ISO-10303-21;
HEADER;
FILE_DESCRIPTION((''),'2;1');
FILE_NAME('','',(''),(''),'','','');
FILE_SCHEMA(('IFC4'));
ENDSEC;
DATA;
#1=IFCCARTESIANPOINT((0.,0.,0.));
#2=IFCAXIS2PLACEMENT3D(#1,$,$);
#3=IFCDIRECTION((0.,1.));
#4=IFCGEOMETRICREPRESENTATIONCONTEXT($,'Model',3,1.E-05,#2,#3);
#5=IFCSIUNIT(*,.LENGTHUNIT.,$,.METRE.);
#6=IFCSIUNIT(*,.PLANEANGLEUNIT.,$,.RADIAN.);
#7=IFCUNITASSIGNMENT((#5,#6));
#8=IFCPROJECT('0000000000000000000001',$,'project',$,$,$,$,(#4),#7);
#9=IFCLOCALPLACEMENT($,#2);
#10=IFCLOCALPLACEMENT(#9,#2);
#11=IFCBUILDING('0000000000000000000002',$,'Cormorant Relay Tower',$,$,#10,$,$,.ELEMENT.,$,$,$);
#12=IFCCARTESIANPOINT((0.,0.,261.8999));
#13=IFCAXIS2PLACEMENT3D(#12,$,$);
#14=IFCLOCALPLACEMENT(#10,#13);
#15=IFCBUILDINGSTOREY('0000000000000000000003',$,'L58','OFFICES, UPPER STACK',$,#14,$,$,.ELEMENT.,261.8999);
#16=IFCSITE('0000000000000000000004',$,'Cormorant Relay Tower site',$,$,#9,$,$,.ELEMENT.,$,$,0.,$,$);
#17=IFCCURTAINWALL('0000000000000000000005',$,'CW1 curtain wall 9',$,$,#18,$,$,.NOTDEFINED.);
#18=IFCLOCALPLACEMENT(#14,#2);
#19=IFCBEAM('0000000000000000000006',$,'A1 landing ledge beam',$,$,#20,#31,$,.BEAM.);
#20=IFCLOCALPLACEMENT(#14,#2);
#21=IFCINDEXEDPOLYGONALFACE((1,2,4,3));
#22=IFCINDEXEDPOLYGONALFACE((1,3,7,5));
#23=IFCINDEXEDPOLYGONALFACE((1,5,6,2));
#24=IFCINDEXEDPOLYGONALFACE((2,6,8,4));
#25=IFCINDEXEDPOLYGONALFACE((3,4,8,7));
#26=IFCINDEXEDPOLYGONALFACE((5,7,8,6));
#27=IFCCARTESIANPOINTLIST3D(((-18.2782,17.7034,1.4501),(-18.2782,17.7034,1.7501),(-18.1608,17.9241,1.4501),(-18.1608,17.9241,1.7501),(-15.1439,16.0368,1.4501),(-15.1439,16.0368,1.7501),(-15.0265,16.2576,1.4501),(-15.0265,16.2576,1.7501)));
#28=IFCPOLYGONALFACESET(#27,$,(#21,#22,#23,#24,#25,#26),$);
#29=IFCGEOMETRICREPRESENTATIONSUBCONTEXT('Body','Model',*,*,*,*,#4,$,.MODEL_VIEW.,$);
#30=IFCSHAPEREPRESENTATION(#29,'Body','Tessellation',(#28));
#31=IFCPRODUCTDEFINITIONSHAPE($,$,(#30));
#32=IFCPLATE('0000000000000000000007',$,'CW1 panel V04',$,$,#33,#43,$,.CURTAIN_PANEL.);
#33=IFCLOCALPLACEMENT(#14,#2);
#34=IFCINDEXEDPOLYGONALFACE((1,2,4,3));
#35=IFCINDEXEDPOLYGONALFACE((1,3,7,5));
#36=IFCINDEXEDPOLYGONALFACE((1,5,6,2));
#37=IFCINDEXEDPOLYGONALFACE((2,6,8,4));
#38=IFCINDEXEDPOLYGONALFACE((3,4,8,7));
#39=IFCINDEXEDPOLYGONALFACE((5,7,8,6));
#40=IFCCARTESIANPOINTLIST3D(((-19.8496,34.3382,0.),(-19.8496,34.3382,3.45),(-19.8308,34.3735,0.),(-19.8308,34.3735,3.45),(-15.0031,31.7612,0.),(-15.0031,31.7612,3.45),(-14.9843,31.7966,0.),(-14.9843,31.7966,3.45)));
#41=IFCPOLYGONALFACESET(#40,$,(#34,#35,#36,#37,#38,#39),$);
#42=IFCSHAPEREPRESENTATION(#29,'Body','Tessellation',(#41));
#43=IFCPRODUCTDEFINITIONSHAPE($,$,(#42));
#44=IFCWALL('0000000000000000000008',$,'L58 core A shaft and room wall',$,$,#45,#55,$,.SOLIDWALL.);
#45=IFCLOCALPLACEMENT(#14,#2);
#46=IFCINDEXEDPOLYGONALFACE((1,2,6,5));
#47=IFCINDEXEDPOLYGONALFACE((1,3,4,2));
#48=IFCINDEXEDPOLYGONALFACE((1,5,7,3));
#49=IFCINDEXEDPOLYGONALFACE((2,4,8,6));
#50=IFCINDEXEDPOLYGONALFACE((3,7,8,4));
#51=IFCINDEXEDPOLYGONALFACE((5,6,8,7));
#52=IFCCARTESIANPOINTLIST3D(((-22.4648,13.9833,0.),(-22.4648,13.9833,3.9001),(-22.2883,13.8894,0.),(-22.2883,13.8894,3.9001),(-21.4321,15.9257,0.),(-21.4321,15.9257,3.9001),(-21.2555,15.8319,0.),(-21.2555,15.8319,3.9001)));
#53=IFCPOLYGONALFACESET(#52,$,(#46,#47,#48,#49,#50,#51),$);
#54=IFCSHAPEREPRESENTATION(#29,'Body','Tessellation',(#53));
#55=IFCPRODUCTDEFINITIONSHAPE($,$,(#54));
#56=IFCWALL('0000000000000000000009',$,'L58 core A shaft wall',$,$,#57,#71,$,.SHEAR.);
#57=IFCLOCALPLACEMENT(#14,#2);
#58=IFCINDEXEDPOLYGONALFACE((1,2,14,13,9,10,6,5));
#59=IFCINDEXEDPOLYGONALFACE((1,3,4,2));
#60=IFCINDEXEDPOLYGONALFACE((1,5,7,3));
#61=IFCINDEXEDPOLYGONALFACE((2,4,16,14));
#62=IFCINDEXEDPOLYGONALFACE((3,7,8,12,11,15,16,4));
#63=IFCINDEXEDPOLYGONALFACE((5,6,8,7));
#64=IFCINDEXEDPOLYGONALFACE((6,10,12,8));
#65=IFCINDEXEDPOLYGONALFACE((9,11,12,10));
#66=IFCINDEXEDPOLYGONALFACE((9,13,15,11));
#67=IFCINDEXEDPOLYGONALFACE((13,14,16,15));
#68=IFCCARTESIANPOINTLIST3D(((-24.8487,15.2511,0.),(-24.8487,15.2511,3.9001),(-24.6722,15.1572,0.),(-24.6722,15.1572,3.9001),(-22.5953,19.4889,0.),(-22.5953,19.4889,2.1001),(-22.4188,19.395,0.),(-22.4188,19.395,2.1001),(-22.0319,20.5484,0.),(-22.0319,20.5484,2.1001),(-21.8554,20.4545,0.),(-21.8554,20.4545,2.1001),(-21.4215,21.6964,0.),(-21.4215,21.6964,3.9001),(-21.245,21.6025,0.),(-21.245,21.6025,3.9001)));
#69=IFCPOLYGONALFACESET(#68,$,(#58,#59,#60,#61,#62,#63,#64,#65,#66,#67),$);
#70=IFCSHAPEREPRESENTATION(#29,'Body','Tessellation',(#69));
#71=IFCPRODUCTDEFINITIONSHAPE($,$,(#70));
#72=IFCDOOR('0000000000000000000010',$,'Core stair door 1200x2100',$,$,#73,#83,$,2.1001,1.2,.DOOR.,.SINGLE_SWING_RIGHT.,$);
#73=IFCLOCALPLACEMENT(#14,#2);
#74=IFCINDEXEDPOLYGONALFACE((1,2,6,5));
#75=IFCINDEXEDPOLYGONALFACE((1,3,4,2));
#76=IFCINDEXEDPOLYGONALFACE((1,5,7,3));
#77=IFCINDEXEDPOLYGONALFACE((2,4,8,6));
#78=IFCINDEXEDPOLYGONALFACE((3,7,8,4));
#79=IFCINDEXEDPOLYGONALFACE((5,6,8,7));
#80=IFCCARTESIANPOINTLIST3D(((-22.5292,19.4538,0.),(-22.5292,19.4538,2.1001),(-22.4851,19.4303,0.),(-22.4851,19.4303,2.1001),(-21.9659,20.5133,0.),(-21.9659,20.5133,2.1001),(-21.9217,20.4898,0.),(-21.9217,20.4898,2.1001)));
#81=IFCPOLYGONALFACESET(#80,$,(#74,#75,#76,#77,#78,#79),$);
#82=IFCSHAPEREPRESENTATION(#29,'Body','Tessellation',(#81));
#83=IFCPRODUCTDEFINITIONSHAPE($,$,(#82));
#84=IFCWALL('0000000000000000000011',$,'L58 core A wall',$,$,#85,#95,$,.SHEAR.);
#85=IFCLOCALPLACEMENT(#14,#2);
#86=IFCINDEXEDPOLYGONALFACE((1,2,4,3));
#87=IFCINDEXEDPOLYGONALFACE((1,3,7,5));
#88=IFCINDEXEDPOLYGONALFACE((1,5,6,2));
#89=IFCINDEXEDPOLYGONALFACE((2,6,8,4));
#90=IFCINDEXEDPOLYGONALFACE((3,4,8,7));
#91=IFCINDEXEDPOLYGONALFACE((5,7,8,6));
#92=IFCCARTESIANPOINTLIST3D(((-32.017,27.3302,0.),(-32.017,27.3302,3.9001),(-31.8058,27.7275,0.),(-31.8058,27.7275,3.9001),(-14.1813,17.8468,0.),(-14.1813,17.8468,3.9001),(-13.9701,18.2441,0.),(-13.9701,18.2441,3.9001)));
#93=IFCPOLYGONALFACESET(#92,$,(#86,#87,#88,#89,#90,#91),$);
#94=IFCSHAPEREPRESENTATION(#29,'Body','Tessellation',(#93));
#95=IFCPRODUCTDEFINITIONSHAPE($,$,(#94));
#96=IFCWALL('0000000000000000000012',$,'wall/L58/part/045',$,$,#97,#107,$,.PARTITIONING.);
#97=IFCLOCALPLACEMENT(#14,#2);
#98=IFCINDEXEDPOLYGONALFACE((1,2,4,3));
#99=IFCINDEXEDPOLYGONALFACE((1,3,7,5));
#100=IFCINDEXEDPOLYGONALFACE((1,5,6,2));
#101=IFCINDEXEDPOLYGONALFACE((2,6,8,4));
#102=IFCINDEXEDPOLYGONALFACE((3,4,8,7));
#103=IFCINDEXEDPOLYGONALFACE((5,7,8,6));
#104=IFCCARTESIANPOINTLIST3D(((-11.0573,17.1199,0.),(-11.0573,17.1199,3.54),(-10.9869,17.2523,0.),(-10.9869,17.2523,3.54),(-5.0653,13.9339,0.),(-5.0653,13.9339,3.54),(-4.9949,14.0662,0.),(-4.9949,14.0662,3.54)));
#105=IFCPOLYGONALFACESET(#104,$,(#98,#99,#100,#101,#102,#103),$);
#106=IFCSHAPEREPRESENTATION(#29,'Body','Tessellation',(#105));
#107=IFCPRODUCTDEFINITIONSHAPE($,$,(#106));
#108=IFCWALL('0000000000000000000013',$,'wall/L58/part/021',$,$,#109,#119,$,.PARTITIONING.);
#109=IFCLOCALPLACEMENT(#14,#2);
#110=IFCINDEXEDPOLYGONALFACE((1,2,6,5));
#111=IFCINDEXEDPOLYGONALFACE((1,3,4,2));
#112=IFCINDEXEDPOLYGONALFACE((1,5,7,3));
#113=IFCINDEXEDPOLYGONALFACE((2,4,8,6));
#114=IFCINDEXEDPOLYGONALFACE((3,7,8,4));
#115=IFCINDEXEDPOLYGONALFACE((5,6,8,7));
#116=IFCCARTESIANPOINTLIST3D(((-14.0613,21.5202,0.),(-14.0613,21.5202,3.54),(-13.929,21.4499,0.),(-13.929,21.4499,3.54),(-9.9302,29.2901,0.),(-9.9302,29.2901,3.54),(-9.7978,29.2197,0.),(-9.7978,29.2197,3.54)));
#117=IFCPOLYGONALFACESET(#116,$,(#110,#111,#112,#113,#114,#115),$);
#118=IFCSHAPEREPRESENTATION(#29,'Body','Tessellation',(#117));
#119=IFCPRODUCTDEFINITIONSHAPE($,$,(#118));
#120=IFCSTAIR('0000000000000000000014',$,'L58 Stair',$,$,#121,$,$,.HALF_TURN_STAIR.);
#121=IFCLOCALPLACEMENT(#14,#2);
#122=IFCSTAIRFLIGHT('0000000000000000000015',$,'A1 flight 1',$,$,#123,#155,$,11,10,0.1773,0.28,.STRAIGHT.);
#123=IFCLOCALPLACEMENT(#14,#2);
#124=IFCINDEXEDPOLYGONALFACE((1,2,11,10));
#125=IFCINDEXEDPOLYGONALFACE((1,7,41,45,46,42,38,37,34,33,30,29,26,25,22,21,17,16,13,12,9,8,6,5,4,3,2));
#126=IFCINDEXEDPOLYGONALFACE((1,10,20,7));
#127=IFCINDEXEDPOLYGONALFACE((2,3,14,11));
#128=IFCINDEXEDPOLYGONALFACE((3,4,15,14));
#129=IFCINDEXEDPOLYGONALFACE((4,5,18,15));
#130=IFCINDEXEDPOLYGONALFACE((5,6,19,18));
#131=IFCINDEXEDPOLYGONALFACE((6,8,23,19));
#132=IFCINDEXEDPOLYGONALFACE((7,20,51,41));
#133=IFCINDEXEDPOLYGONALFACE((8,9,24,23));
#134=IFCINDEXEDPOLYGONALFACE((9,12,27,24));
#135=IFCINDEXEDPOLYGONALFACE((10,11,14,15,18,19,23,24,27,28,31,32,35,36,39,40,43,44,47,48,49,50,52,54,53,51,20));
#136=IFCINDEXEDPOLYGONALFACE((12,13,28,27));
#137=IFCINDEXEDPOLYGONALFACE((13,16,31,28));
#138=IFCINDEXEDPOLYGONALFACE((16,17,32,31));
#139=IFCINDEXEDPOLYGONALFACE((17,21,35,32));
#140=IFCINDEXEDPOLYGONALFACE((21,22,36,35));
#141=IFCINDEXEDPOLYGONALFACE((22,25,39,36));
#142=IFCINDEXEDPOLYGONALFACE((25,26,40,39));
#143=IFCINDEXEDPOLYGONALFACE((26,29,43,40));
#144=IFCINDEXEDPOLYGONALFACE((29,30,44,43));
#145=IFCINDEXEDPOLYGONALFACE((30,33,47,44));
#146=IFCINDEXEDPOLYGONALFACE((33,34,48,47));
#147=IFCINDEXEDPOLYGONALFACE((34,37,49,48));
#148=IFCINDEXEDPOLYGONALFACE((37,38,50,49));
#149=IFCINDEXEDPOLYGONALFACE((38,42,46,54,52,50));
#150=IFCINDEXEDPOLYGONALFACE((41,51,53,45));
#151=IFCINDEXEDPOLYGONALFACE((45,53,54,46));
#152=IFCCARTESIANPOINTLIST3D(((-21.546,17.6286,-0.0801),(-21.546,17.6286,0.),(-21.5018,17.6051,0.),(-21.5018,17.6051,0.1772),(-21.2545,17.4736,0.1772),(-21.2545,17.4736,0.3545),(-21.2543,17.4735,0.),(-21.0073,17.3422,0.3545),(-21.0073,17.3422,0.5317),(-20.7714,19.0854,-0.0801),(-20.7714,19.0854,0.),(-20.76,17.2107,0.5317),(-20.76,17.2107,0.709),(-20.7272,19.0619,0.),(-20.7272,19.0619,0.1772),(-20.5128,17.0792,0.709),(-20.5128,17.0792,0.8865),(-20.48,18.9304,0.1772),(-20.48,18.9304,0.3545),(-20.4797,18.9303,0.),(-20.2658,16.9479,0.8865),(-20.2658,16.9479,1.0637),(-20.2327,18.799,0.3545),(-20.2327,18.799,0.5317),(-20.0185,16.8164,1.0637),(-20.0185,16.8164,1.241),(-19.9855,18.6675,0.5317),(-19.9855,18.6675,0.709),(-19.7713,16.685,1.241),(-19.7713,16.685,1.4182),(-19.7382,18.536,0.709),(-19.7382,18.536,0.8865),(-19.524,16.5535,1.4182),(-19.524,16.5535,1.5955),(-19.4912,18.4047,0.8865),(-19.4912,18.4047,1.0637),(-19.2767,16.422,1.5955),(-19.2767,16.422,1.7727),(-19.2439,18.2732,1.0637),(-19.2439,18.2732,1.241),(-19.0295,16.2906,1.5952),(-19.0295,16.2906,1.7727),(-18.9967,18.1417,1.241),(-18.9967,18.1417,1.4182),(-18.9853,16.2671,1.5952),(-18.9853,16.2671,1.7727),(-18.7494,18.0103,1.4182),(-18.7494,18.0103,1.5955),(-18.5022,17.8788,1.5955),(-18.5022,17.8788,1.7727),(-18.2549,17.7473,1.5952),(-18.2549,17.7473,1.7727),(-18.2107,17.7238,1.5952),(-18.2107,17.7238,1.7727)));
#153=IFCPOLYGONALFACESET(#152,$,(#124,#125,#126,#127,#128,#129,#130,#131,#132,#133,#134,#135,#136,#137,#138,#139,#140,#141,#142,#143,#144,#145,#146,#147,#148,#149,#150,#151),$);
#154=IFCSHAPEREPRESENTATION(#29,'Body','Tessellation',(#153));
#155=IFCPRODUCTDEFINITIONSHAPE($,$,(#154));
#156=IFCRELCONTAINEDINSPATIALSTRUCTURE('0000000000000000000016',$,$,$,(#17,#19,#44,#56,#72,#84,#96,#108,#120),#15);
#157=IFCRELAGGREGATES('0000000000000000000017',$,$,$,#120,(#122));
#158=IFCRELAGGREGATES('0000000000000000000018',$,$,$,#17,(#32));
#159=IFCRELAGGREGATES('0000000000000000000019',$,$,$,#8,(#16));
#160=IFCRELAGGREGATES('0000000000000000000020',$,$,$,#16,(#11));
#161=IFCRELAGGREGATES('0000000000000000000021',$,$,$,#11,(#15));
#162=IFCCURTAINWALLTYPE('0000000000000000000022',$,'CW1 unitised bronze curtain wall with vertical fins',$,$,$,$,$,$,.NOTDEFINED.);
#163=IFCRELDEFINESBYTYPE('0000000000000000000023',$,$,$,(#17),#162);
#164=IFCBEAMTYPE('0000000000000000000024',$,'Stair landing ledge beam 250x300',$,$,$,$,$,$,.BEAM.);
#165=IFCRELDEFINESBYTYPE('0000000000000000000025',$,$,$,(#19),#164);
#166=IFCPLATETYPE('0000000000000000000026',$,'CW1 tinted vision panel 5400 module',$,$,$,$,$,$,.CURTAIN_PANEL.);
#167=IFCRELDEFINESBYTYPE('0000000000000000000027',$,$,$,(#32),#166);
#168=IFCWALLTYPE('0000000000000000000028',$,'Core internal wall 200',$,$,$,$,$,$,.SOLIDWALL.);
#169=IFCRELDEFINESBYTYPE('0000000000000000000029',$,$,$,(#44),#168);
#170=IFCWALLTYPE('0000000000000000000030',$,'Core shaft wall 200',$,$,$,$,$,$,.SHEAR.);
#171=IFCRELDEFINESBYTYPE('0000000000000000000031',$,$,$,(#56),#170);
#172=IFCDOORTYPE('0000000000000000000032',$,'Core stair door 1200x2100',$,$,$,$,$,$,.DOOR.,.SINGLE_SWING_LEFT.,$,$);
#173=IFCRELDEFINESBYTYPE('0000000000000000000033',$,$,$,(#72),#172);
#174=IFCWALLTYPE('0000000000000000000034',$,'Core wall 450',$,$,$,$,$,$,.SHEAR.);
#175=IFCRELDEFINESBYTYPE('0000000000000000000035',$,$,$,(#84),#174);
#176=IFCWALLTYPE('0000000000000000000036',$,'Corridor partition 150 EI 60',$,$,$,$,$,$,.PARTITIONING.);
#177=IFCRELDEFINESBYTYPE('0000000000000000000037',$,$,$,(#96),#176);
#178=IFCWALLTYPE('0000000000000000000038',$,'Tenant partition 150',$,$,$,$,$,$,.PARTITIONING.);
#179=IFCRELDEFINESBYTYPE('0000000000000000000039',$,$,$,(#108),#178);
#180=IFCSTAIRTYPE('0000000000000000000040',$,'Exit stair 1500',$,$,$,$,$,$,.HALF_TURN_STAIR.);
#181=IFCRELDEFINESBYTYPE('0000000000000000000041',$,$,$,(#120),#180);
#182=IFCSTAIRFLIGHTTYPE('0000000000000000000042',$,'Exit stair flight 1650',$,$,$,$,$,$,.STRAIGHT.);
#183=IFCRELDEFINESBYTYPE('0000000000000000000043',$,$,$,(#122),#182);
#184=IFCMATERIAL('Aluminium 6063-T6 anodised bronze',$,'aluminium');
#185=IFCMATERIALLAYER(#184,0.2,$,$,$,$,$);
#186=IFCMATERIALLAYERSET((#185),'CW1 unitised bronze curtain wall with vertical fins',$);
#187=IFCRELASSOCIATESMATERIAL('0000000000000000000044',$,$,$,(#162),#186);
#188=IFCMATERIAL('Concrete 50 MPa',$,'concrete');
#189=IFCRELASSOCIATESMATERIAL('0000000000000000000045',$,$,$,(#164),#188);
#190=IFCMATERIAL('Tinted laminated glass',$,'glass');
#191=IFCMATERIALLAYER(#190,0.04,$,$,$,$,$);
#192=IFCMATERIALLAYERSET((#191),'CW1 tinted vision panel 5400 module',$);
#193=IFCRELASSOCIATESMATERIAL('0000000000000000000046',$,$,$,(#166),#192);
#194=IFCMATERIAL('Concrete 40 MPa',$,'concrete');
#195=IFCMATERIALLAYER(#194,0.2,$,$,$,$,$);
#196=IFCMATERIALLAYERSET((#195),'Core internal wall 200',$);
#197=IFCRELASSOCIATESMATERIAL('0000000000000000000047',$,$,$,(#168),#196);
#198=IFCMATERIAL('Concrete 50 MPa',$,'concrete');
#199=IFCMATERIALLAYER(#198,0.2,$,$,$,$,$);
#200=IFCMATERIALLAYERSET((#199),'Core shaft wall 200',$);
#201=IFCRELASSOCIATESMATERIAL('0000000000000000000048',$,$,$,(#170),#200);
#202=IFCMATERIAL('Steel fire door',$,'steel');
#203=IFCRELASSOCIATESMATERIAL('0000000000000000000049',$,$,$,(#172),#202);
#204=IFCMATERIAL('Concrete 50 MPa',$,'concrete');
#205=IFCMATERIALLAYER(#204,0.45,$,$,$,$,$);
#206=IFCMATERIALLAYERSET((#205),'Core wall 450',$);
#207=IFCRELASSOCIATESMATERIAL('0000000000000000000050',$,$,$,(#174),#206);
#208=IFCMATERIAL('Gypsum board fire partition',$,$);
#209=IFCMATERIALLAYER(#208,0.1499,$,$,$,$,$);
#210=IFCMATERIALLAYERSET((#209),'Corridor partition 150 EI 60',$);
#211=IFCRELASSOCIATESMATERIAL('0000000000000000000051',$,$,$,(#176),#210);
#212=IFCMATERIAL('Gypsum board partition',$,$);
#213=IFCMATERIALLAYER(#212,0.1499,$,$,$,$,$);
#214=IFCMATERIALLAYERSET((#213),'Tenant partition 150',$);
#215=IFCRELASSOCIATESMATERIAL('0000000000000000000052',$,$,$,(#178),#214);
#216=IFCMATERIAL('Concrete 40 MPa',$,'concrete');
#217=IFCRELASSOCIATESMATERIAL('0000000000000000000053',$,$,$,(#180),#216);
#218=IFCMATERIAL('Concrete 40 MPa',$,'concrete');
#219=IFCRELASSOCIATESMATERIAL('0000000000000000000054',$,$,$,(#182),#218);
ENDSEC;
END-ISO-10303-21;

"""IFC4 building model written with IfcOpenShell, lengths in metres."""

from ifc_helpers import new_model, si_unit, direction, frame, frame_2d, origin, origin_2d, place, context, subcontext, project, spatial, polyline, rectangle, outline, extrude, material, layer, layer_set, material_profile, profile_set, type_object, element, fill, aggregate, save


model = new_model("IFC4")

# Units and contexts
model_context = context("Model", 3, precision=1e-05, world=origin(), true_north=direction((0.0, 1.0)))
body_context = subcontext(model_context, "Body", "Model", "MODEL_VIEW")
ifc_project = project(units=[si_unit("LENGTHUNIT", "METRE"), si_unit("PLANEANGLEUNIT", "RADIAN")], contexts=[model_context])

# Site, building, storey
site_placement = place(None, origin())
site = spatial("IfcSite", under=ifc_project, at=site_placement, Name="Cormorant Relay Tower site", CompositionType="ELEMENT", RefElevation=0.0)
building_placement = place(site_placement, origin())
building = spatial("IfcBuilding", under=site, at=building_placement, Name="Cormorant Relay Tower", CompositionType="ELEMENT")
storey_placement = place(building_placement, frame((0.0, 0.0, 261.8999)))
storey = spatial("IfcBuildingStorey", under=building, at=storey_placement, Name="L58", Description="OFFICES, UPPER STACK", CompositionType="ELEMENT", Elevation=261.8999)

# Curtain wall
ifc_material_1 = material(Name="Aluminium 6063-T6 anodised bronze", Category="aluminium")
ifc_layer_1 = layer(ifc_material_1, 0.2)
ifc_layer_set_1 = layer_set([ifc_layer_1], Name="CW1 unitised bronze curtain wall with vertical fins")
curtain_wall_type = type_object("IfcCurtainWallType", Name="CW1 unitised bronze curtain wall with vertical fins", PredefinedType="NOTDEFINED", material=ifc_layer_set_1)
curtain_wall_placement = place(storey_placement, origin())
curtain_wall = element("IfcCurtainWall", 1, at=curtain_wall_placement, inside=storey, type_object=curtain_wall_type, Name="CW1 curtain wall 9", PredefinedType="NOTDEFINED")

# Beam
ifc_material_2 = material(Name="Concrete 50 MPa", Category="concrete")
ifc_material_profile_1 = material_profile(ifc_material_2, rectangle(XDim=0.25, YDim=0.3, at=origin_2d()), Name="RC 250x300")
ifc_profile_set_1 = profile_set([ifc_material_profile_1], Name="Concrete 50 MPa")
beam_type_1 = type_object("IfcBeamType", Name="Stair landing ledge beam 250x300", PredefinedType="BEAM", material=ifc_profile_set_1)
beam_1_placement = place(storey_placement, frame((-18.2195, 17.8137, 1.6001), z_axis=(0.88295, -0.469467, 0.0), x_axis=(0.469467, 0.88295, 0.0)))
element("IfcBeam", 2, at=beam_1_placement, inside=storey, type_object=beam_type_1, Name="A1 landing ledge beam", PredefinedType="BEAM", context=body_context, shape_type="SweptSolid", body=[
    extrude(rectangle(XDim=0.25, YDim=0.3, at=origin_2d()), origin(), (0.0, 0.0, 1.0), 3.5498),
])

# Plate
ifc_material_3 = material(Name="Tinted laminated glass", Category="glass")
ifc_layer_2 = layer(ifc_material_3, 0.04)
ifc_layer_set_2 = layer_set([ifc_layer_2], Name="CW1 tinted vision panel 5400 module")
plate_type = type_object("IfcPlateType", Name="CW1 tinted vision panel 5400 module", PredefinedType="CURTAIN_PANEL", material=ifc_layer_set_2)
plate_placement = place(storey_placement, frame((-17.417, 33.0674, 0.0), z_axis=(0.0, 0.0, 1.0), x_axis=(-0.882948, 0.469472, 0.0)))
plate = element("IfcPlate", 3, at=plate_placement, type_object=plate_type, Name="CW1 panel V04", PredefinedType="CURTAIN_PANEL", context=body_context, shape_type="SweptSolid", body=[
    extrude(rectangle(XDim=5.489, YDim=0.04, at=origin_2d()), origin(), (0.0, 0.0, 1.0), 3.45),
])

# Wall
ifc_material_4 = material(Name="Concrete 40 MPa", Category="concrete")
ifc_layer_3 = layer(ifc_material_4, 0.2)
ifc_layer_set_3 = layer_set([ifc_layer_3], Name="Core internal wall 200")
wall_type_1 = type_object("IfcWallType", Name="Core internal wall 200", PredefinedType="SOLIDWALL", material=ifc_layer_set_3)
wall_1_placement = place(storey_placement, frame((-21.3438, 15.8789, 0.0), z_axis=(0.0, 0.0, 1.0), x_axis=(-0.469447, -0.88296, 0.0)))
element("IfcWall", 4, at=wall_1_placement, inside=storey, type_object=wall_type_1, Name="L58 core A shaft and room wall", PredefinedType="SOLIDWALL", context=body_context, shape_type="SweptSolid", body=[
    extrude(rectangle(XDim=2.2, YDim=0.2, at=frame_2d((1.1001, 0.0))), origin(), (0.0, 0.0, 1.0), 3.9001),
])

# Wall, opening, door
ifc_material_5 = material(Name="Concrete 50 MPa", Category="concrete")
ifc_layer_4 = layer(ifc_material_5, 0.2)
ifc_layer_set_4 = layer_set([ifc_layer_4], Name="Core shaft wall 200")
wall_type_2 = type_object("IfcWallType", Name="Core shaft wall 200", PredefinedType="SHEAR", material=ifc_layer_set_4)
wall_2_placement = place(storey_placement, frame((-21.3333, 21.6494, 0.0), z_axis=(0.0, 0.0, 1.0), x_axis=(-0.469494, -0.882936, 0.0)))
wall_2 = element("IfcWall", 5, at=wall_2_placement, inside=storey, type_object=wall_type_2, Name="L58 core A shaft wall", PredefinedType="SHEAR", context=body_context, shape_type="SweptSolid", body=[
    extrude(rectangle(XDim=7.2998, YDim=0.2, at=frame_2d((3.6499, 0.0))), origin(), (0.0, 0.0, 1.0), 3.9001),
])
opening_1_placement = place(wall_2_placement, frame((1.3, 0.0, 0.0)))
opening_1 = element("IfcOpeningElement", 6, at=opening_1_placement, cuts=wall_2, PredefinedType="OPENING", context=body_context, shape_type="SweptSolid", body=[
    extrude(rectangle(XDim=1.2, YDim=2.1001, at=frame_2d((0.6001, 1.05))), frame((0.0, 0.1099, 0.0), z_axis=(0.0, -1.0, 0.0), x_axis=(1.0, 0.0, 0.0)), (0.0, 0.0, 1.0), 0.22),
])
ifc_material_6 = material(Name="Steel fire door", Category="steel")
door_type_1 = type_object("IfcDoorType", Name="Core stair door 1200x2100", OperationType="SINGLE_SWING_LEFT", PredefinedType="DOOR", material=ifc_material_6)
door_1_placement = place(opening_1_placement, origin())
door_1 = element("IfcDoor", 7, at=door_1_placement, inside=storey, type_object=door_type_1, Name="Core stair door 1200x2100", OperationType="SINGLE_SWING_RIGHT", OverallHeight=2.1001, OverallWidth=1.2, PredefinedType="DOOR", context=body_context, shape_type="SweptSolid", body=[
    extrude(rectangle(XDim=1.2, YDim=2.1001, at=frame_2d((0.6001, 1.05))), frame((0.0, 0.0249, 0.0), z_axis=(0.0, -1.0, 0.0), x_axis=(1.0, 0.0, 0.0)), (0.0, 0.0, 1.0), 0.05),
])
fill(opening_1, door_1)
ifc_material_7 = material(Name="Concrete 50 MPa", Category="concrete")
ifc_layer_5 = layer(ifc_material_7, 0.45)
ifc_layer_set_5 = layer_set([ifc_layer_5], Name="Core wall 450")
wall_type_3 = type_object("IfcWallType", Name="Core wall 450", PredefinedType="SHEAR", material=ifc_layer_set_5)

# Walls
wall_3_placement = place(storey_placement, frame((-14.0757, 18.0454, 0.0), z_axis=(0.0, 0.0, 1.0), x_axis=(-0.882948, 0.469471, 0.0)))
element("IfcWall", 8, at=wall_3_placement, inside=storey, type_object=wall_type_3, Name="L58 core A wall", PredefinedType="SHEAR", context=body_context, shape_type="SweptSolid", body=[
    extrude(rectangle(XDim=20.2002, YDim=0.45, at=frame_2d((10.1001, 0.0))), origin(), (0.0, 0.0, 1.0), 3.9001),
])
ifc_material_8 = material(Name="Gypsum board fire partition")
ifc_layer_6 = layer(ifc_material_8, 0.1499)
ifc_layer_set_6 = layer_set([ifc_layer_6], Name="Corridor partition 150 EI 60")
wall_type_4 = type_object("IfcWallType", Name="Corridor partition 150 EI 60", PredefinedType="PARTITIONING", material=ifc_layer_set_6)
wall_4_placement = place(storey_placement, frame((-11.022, 17.186, 0.0), z_axis=(0.0, 0.0, 1.0), x_axis=(0.882944, -0.469479, 0.0)))
element("IfcWall", 9, at=wall_4_placement, inside=storey, type_object=wall_type_4, Name="wall/L58/part/045", PredefinedType="PARTITIONING", context=body_context, shape_type="SweptSolid", body=[
    extrude(rectangle(XDim=6.7864, YDim=0.1499, at=frame_2d((3.3931, 0.0))), origin(), (0.0, 0.0, 1.0), 3.54),
])
ifc_material_9 = material(Name="Gypsum board partition")
ifc_layer_7 = layer(ifc_material_9, 0.1499)
ifc_layer_set_7 = layer_set([ifc_layer_7], Name="Tenant partition 150")
wall_type_5 = type_object("IfcWallType", Name="Tenant partition 150", PredefinedType="PARTITIONING", material=ifc_layer_set_7)
wall_5_placement = place(storey_placement, frame((-9.864, 29.2549, 0.0), z_axis=(0.0, 0.0, 1.0), x_axis=(-0.469457, -0.882955, 0.0)))
element("IfcWall", 10, at=wall_5_placement, inside=storey, type_object=wall_type_5, Name="wall/L58/part/021", PredefinedType="PARTITIONING", context=body_context, shape_type="SweptSolid", body=[
    extrude(rectangle(XDim=8.7998, YDim=0.1499, at=frame_2d((4.3999, 0.0))), origin(), (0.0, 0.0, 1.0), 3.54),
])

# Stair, stair flight
ifc_material_10 = material(Name="Concrete 40 MPa", Category="concrete")
stair_type = type_object("IfcStairType", Name="Exit stair 1500", PredefinedType="HALF_TURN_STAIR", material=ifc_material_10)
stair_placement = place(storey_placement, origin())
stair = element("IfcStair", 11, at=stair_placement, inside=storey, type_object=stair_type, Name="L58 Stair", PredefinedType="HALF_TURN_STAIR")
ifc_material_11 = material(Name="Concrete 40 MPa", Category="concrete")
stair_flight_type = type_object("IfcStairFlightType", Name="Exit stair flight 1650", PredefinedType="STRAIGHT", material=ifc_material_11)
stair_flight_1_placement = place(storey_placement, frame((-21.1145, 18.3335, 0.0), z_axis=(0.0, 0.0, 1.0), x_axis=(0.882948, -0.469472, 0.0)))
stair_flight_1 = element("IfcStairFlight", 12, at=stair_flight_1_placement, type_object=stair_flight_type, Name="A1 flight 1", NumberOfRisers=11, NumberOfTreads=10, PredefinedType="STRAIGHT", RiserHeight=0.1773, TreadLength=0.28, context=body_context, shape_type="SweptSolid", body=[
    extrude(outline(polyline([(-0.05, -0.0801), (-0.05, 0.0), (0.0, 0.0), (0.0, 0.1772), (0.28, 0.1772), (0.28, 0.3545), (0.5601, 0.3545), (0.5601, 0.5317), (0.8401, 0.5317), (0.8401, 0.709), (1.1201, 0.709), (1.1201, 0.8865), (1.3999, 0.8865), (1.3999, 1.0637), (1.6799, 1.0637), (1.6799, 1.241), (1.96, 1.241), (1.96, 1.4182), (2.24, 1.4182), (2.24, 1.5955), (2.52, 1.5955), (2.52, 1.7727), (2.8, 1.7727), (2.8501, 1.7727), (2.8501, 1.5952), (2.8, 1.5952), (0.2803, 0.0), (-0.05, -0.0801)])), frame((0.0, 0.825, 0.0), z_axis=(0.0, -1.0, 0.0), x_axis=(1.0, 0.0, 0.0)), (0.0, 0.0, 1.0), 1.6499),
])
aggregate(stair, [stair_flight_1])

aggregate(curtain_wall, [plate])

save(model, "model.ifc")
